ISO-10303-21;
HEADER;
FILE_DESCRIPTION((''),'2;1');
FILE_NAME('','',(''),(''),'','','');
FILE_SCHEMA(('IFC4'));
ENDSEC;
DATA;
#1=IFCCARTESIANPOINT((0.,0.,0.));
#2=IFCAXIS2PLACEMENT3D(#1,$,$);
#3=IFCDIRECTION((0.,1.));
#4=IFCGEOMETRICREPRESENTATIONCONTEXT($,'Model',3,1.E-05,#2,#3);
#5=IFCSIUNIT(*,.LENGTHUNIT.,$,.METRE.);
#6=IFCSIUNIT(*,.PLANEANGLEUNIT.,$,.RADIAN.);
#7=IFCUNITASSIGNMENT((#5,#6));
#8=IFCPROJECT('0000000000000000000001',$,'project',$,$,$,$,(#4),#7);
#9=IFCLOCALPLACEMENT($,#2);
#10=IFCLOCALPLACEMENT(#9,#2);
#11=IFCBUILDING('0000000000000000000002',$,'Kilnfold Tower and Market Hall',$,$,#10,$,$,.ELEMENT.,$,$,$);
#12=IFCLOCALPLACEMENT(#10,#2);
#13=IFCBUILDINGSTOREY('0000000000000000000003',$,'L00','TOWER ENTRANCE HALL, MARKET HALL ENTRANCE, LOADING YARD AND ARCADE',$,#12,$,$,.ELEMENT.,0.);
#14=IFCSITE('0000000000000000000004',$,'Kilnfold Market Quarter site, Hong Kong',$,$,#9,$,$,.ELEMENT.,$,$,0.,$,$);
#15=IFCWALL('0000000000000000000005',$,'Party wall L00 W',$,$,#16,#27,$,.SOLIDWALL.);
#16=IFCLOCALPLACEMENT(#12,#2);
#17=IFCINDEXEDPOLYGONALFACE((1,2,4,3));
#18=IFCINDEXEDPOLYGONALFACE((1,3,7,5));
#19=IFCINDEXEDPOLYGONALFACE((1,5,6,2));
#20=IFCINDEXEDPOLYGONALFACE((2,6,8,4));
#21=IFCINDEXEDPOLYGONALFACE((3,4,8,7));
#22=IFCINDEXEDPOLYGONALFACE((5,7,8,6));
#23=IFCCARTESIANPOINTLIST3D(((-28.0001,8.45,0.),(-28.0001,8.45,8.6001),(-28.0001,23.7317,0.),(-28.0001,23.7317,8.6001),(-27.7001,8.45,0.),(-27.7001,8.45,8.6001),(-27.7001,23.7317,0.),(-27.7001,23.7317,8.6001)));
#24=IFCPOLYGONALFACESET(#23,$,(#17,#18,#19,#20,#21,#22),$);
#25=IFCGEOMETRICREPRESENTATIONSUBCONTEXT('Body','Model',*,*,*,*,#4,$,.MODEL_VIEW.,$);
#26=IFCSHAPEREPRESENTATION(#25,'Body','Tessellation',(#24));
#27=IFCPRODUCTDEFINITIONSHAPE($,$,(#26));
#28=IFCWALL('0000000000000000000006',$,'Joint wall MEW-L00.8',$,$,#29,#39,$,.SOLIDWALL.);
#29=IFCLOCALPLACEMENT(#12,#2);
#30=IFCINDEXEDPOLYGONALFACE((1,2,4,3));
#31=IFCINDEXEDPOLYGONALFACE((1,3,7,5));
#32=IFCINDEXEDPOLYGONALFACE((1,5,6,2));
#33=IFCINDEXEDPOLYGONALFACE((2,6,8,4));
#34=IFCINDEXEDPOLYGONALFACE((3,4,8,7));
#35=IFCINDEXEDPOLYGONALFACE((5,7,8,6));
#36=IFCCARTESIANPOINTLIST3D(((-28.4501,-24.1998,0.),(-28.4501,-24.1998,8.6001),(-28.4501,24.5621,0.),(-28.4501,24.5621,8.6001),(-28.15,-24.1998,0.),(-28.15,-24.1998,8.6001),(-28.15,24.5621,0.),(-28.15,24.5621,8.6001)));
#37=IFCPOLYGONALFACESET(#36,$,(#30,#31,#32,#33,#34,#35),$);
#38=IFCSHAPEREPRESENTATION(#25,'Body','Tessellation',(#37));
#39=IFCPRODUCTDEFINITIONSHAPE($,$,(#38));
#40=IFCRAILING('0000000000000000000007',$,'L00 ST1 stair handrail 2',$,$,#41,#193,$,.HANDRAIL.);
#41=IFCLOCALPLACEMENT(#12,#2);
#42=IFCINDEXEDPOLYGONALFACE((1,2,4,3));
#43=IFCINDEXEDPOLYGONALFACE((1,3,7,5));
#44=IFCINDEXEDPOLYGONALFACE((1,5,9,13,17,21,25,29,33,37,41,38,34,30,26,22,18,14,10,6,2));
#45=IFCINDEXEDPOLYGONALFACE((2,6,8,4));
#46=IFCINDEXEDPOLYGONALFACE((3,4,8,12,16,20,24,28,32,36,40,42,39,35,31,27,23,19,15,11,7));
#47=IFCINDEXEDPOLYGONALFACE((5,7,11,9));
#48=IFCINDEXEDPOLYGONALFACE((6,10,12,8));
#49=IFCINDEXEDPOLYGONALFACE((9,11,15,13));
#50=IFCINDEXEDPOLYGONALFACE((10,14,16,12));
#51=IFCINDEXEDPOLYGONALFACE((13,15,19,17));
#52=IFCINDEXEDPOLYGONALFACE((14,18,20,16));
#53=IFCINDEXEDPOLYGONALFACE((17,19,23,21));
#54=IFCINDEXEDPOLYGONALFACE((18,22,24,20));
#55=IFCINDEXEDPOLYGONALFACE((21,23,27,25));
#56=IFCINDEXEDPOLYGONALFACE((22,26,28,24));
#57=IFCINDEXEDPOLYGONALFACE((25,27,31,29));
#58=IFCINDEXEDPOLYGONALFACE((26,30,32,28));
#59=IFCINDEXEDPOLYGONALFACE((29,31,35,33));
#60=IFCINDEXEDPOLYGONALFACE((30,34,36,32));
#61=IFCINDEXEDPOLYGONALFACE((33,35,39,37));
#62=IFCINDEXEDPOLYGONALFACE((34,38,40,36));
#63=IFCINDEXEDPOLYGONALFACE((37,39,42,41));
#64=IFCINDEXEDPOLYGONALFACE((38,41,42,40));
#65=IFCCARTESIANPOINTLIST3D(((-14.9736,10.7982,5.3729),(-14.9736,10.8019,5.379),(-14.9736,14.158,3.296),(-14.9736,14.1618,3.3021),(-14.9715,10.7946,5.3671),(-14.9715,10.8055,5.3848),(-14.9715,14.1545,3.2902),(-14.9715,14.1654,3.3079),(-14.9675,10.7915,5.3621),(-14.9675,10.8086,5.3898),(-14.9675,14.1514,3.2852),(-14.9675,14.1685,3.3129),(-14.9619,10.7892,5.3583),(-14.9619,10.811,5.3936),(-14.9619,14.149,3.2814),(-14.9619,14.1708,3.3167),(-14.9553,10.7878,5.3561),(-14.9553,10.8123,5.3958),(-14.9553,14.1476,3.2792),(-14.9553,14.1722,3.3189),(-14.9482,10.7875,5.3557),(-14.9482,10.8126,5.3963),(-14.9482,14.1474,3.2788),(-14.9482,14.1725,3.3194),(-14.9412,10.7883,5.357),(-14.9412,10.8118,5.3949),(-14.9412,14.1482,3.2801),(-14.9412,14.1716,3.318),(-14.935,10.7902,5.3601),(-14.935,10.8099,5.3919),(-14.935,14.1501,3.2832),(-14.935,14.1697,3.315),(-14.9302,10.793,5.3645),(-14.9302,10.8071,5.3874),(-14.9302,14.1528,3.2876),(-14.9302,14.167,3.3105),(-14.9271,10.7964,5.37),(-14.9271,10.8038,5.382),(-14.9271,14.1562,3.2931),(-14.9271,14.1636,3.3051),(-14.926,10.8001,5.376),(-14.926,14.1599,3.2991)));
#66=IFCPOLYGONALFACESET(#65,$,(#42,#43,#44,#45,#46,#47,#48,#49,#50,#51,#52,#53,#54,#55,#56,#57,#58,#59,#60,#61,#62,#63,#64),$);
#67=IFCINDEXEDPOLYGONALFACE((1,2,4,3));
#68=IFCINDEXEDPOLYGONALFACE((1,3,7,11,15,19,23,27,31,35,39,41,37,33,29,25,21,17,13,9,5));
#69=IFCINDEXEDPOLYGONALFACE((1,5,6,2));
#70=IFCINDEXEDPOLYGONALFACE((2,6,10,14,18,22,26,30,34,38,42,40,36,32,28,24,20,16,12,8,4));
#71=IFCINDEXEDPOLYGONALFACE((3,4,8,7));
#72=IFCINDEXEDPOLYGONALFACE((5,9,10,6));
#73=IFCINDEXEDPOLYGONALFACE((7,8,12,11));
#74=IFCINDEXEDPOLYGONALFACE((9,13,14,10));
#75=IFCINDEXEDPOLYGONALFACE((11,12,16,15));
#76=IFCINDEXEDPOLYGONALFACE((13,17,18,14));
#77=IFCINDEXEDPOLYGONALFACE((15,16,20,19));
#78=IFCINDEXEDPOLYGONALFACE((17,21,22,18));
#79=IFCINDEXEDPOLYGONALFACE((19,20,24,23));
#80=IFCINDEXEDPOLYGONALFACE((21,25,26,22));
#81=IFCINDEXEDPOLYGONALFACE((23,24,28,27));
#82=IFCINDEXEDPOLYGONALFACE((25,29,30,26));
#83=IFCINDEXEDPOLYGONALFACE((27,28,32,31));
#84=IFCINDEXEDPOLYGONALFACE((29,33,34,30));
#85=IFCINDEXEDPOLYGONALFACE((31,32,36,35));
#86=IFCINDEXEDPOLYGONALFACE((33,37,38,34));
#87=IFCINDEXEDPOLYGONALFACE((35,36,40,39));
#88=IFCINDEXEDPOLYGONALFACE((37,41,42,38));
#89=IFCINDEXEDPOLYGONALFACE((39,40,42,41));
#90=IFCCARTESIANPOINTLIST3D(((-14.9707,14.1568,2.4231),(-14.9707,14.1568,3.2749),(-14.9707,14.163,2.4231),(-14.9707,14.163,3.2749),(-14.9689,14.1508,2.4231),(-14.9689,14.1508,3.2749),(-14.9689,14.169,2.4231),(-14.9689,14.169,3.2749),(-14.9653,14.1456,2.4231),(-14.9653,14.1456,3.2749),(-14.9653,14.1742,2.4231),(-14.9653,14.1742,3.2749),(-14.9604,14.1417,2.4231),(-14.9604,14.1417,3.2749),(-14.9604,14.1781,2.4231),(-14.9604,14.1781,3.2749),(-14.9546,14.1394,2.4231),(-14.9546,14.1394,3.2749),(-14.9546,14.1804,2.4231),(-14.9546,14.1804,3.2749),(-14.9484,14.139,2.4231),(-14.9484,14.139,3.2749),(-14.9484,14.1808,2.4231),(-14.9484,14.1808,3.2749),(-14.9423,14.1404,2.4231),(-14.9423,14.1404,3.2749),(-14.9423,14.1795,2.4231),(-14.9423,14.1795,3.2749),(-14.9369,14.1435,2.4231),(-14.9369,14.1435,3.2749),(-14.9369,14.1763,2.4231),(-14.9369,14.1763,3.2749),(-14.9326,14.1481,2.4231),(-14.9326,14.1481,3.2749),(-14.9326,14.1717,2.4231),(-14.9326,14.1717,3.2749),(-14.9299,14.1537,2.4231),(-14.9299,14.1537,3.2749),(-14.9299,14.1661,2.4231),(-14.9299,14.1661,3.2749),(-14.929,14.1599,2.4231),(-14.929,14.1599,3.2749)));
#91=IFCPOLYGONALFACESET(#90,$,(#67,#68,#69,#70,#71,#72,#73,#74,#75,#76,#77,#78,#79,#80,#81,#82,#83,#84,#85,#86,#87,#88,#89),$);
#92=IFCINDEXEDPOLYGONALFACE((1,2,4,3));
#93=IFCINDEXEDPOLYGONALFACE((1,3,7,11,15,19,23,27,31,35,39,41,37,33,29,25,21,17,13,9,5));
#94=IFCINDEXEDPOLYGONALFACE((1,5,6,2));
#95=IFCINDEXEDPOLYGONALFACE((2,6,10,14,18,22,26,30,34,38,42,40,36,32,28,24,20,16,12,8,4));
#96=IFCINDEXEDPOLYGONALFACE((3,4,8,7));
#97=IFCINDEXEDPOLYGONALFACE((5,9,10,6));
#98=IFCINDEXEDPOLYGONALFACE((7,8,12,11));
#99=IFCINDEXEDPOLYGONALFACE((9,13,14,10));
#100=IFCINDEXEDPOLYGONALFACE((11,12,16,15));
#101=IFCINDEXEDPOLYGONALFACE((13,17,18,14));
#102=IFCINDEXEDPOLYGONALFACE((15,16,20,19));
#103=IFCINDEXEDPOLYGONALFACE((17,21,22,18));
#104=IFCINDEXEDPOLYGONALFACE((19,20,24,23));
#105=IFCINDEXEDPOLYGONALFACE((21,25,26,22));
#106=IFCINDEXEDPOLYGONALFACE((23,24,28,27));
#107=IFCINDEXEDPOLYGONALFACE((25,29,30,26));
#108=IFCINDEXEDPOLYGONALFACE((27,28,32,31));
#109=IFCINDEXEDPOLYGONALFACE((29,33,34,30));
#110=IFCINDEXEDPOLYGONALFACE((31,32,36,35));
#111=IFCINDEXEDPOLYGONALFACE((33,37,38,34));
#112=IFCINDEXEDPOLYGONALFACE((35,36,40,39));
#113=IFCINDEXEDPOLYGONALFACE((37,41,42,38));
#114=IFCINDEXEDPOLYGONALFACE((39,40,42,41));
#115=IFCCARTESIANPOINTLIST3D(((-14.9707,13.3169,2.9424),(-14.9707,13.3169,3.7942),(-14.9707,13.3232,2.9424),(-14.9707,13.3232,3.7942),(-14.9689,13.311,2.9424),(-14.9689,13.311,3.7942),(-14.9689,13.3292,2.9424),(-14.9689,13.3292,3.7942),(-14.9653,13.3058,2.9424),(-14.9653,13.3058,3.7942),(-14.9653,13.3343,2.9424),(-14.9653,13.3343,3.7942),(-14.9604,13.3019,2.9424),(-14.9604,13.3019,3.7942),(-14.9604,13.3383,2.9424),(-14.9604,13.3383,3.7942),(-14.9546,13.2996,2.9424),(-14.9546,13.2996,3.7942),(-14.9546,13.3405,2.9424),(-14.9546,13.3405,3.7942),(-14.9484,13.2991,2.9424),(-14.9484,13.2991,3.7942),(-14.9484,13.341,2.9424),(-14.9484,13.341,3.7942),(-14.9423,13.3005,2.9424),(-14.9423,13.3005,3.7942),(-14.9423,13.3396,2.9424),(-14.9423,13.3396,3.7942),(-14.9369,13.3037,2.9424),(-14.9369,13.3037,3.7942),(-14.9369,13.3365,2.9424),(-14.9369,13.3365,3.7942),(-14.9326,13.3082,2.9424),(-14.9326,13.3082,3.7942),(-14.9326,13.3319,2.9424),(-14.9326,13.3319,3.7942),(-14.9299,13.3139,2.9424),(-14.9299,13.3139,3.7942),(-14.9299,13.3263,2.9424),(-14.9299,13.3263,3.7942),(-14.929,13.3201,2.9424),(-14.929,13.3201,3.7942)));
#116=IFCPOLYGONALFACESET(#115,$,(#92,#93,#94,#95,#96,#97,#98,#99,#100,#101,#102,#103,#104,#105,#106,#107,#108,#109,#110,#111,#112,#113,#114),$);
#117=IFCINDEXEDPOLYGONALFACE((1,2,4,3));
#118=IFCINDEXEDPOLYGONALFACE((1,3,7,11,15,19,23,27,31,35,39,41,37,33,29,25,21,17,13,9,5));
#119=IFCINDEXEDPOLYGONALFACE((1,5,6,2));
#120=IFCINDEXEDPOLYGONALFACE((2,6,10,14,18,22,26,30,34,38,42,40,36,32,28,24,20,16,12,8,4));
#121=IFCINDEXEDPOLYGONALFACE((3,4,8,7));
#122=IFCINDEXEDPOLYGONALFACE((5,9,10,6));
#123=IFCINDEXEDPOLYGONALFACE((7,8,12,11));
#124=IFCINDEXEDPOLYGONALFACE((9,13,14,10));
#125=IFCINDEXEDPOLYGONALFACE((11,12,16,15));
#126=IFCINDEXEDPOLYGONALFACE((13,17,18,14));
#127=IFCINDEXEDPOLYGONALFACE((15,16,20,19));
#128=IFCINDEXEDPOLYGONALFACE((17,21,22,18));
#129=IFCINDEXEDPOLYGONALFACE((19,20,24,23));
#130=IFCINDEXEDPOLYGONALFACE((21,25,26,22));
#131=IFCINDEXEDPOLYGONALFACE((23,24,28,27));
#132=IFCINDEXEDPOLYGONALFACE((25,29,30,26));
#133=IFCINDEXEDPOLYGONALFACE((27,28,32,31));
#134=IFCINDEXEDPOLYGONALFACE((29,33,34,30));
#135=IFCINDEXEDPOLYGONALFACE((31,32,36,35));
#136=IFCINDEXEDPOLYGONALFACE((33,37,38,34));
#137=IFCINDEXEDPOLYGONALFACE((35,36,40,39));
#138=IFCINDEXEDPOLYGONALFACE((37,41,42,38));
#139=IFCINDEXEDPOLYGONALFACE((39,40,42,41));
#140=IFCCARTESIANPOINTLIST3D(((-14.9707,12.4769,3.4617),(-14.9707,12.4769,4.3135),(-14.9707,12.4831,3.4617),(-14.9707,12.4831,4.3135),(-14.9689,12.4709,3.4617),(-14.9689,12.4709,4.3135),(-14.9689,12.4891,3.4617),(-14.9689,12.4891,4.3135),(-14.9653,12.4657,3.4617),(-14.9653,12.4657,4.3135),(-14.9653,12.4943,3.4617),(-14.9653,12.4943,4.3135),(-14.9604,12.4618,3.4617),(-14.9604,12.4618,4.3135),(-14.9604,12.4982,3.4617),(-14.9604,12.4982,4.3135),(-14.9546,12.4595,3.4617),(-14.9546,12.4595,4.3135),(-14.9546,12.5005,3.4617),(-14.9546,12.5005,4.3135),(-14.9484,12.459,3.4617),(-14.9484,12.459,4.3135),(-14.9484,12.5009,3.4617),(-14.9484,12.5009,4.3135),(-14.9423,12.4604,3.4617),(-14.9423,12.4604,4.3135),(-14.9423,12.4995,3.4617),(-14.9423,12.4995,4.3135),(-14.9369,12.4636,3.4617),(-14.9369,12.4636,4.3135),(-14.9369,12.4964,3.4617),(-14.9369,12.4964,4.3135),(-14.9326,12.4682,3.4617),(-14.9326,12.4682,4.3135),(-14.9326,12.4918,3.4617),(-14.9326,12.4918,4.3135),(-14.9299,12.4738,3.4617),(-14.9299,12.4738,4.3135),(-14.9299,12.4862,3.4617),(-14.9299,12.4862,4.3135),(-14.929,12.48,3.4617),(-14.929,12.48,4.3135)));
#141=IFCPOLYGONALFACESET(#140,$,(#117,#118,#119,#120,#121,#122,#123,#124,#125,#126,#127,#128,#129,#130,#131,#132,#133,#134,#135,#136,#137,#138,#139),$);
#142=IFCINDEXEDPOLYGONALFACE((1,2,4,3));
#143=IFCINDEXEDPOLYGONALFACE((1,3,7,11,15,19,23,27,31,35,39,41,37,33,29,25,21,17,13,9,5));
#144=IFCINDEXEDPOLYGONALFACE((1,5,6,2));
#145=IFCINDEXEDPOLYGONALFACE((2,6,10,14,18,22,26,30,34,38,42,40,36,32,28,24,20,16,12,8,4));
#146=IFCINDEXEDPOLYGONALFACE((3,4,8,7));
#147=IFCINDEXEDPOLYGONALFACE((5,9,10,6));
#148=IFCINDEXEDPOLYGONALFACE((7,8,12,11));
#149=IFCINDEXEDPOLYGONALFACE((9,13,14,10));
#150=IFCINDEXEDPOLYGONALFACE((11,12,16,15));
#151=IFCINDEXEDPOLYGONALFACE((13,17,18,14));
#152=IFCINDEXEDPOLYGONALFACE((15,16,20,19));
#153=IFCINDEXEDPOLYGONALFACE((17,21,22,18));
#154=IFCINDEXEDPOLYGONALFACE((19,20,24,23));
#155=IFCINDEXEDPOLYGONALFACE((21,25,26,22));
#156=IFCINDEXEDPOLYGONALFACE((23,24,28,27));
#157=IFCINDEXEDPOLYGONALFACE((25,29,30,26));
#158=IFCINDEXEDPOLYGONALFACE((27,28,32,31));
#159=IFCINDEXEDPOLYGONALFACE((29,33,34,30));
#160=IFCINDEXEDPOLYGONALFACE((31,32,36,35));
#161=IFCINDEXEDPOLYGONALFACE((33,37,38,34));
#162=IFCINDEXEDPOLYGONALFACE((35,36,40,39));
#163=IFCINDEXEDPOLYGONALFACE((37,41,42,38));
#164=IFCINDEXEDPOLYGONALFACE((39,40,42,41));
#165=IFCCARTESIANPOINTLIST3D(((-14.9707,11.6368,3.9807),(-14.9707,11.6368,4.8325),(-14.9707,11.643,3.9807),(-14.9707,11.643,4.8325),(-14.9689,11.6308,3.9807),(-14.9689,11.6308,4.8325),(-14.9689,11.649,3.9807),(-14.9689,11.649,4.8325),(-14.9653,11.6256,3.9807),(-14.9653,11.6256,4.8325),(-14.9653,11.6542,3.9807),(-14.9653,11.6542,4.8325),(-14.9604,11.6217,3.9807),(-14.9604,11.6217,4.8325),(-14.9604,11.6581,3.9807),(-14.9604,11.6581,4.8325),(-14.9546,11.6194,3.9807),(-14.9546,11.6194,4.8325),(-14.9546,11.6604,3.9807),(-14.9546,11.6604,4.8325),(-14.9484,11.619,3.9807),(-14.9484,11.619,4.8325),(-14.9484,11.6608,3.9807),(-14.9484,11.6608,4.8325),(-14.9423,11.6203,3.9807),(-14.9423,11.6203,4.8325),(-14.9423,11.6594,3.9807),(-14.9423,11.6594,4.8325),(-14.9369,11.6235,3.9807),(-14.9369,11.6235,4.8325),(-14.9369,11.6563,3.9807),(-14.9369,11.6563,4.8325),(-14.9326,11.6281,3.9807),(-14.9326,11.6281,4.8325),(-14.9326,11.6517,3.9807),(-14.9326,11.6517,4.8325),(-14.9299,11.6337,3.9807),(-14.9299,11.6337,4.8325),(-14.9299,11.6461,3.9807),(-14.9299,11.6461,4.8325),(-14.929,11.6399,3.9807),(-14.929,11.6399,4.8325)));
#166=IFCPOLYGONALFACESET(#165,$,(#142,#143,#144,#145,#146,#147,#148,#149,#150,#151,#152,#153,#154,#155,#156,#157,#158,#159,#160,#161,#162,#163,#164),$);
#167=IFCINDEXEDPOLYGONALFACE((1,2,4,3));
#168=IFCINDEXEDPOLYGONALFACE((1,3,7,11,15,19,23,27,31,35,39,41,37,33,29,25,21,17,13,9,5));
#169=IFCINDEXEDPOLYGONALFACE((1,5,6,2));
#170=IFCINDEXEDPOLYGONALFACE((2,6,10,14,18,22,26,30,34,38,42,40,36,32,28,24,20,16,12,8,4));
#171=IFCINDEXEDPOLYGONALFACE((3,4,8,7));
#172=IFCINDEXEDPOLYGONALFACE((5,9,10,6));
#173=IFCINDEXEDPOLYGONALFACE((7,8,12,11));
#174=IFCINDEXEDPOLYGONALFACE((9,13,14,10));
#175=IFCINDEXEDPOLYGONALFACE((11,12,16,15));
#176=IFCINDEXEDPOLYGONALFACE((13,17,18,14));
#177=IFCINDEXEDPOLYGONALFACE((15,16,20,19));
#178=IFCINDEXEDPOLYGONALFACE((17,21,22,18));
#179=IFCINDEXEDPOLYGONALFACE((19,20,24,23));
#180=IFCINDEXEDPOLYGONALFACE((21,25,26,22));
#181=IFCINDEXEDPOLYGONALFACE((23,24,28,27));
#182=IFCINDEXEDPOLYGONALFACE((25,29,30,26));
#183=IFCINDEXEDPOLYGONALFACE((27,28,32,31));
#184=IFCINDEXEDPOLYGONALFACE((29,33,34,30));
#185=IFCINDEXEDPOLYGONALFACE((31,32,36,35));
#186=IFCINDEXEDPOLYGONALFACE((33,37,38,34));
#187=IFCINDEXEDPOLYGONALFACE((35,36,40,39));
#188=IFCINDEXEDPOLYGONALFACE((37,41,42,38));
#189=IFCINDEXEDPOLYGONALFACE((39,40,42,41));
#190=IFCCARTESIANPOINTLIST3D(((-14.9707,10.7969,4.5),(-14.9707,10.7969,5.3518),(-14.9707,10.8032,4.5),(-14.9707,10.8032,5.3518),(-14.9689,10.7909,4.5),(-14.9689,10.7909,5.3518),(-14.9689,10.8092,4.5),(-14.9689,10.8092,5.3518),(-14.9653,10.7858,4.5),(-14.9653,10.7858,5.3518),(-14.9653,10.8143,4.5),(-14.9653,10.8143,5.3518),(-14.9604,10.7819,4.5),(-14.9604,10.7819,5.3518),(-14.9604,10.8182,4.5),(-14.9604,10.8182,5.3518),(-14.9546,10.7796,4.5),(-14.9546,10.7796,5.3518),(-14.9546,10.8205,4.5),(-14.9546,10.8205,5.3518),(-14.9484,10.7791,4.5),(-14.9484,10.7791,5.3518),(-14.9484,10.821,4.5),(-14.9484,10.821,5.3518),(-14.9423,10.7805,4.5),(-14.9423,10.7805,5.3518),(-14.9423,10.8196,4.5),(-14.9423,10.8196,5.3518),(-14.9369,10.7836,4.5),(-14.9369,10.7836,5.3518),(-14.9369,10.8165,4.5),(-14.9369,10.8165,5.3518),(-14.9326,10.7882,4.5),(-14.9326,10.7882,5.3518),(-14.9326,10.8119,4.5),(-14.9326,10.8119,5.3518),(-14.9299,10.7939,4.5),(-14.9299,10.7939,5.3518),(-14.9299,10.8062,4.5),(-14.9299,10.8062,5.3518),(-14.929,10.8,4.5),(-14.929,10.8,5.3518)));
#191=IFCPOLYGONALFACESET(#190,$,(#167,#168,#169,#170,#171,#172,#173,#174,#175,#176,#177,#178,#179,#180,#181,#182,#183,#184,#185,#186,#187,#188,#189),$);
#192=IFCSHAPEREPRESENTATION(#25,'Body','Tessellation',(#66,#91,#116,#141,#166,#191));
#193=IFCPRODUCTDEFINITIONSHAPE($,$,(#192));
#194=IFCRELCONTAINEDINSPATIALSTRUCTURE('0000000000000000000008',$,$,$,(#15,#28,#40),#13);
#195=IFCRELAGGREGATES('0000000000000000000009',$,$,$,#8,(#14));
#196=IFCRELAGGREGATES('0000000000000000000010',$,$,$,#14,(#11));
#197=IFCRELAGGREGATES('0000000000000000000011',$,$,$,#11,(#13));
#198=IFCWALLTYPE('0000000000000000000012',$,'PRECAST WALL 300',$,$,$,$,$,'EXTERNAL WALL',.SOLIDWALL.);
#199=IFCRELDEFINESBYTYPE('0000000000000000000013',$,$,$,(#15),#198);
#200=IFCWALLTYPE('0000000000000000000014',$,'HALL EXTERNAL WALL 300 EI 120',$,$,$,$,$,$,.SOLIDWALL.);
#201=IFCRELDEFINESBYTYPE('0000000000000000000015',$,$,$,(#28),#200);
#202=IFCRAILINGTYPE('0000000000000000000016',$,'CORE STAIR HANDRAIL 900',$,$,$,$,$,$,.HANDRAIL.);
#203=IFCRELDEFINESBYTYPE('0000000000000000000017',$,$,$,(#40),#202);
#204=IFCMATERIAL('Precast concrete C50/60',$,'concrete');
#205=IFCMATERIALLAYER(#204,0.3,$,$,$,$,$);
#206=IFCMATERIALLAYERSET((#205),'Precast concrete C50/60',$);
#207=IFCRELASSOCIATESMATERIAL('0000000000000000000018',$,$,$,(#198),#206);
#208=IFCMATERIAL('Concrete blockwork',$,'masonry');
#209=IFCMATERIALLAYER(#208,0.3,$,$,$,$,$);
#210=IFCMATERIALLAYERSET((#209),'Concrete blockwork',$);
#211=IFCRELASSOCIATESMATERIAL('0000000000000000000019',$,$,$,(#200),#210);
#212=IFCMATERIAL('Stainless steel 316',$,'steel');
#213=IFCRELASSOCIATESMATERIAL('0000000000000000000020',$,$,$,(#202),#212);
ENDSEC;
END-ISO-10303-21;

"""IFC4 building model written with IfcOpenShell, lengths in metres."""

from ifc_helpers import new_model, si_unit, direction, frame, frame_2d, origin, origin_2d, place, context, subcontext, project, spatial, rectangle, circle, extrude, source, transform, mapped, material, layer, layer_set, type_object, element, save


model = new_model("IFC4")

# Units and contexts
model_context = context("Model", 3, precision=1e-05, world=origin(), true_north=direction((0.0, 1.0)))
body_context = subcontext(model_context, "Body", "Model", "MODEL_VIEW")
ifc_project = project(units=[si_unit("LENGTHUNIT", "METRE"), si_unit("PLANEANGLEUNIT", "RADIAN")], contexts=[model_context])

# Site, building, storey
site_placement = place(None, origin())
site = spatial("IfcSite", under=ifc_project, at=site_placement, Name="Kilnfold Market Quarter site, Hong Kong", CompositionType="ELEMENT", RefElevation=0.0)
building_placement = place(site_placement, origin())
building = spatial("IfcBuilding", under=site, at=building_placement, Name="Kilnfold Tower and Market Hall", CompositionType="ELEMENT")
storey_placement = place(building_placement, origin())
storey = spatial("IfcBuildingStorey", under=building, at=storey_placement, Name="L00", Description="TOWER ENTRANCE HALL, MARKET HALL ENTRANCE, LOADING YARD AND ARCADE", CompositionType="ELEMENT", Elevation=0.0)

# Walls
ifc_material_1 = material(Name="Precast concrete C50/60", Category="concrete")
ifc_layer_1 = layer(ifc_material_1, 0.3)
ifc_layer_set_1 = layer_set([ifc_layer_1], Name="Precast concrete C50/60")
wall_type_1 = type_object("IfcWallType", Name="PRECAST WALL 300", ElementType="EXTERNAL WALL", PredefinedType="SOLIDWALL", material=ifc_layer_set_1)
shared_shape_1 = source(origin(), body_context, "Body", "SweptSolid", [
    extrude(rectangle(XDim=15.2817, YDim=0.3, at=frame_2d((7.6409, 0.0))), origin(), (0.0, 0.0, 1.0), 8.6001),
])
wall_1_placement = place(storey_placement, frame((-27.8501, 23.7317, 0.0), z_axis=(0.0, 0.0, 1.0), x_axis=(0.0, -1.0, 0.0)))
element("IfcWall", 1, at=wall_1_placement, inside=storey, type_object=wall_type_1, Name="Party wall L00 W", PredefinedType="SOLIDWALL", context=body_context, shape_type="MappedRepresentation", body=[
    mapped(shared_shape_1, transform((0.0, 0.0, 0.0))),
])
ifc_material_2 = material(Name="Concrete blockwork", Category="masonry")
ifc_layer_2 = layer(ifc_material_2, 0.3)
ifc_layer_set_2 = layer_set([ifc_layer_2], Name="Concrete blockwork")
wall_type_2 = type_object("IfcWallType", Name="HALL EXTERNAL WALL 300 EI 120", PredefinedType="SOLIDWALL", material=ifc_layer_set_2)
shared_shape_2 = source(origin(), body_context, "Body", "SweptSolid", [
    extrude(rectangle(XDim=48.762, YDim=0.3, at=frame_2d((24.3809, 0.0))), origin(), (0.0, 0.0, 1.0), 8.6001),
])
wall_2_placement = place(storey_placement, frame((-28.3, 24.562, 0.0), z_axis=(0.0, 0.0, 1.0), x_axis=(0.0, -1.0, 0.0)))
element("IfcWall", 2, at=wall_2_placement, inside=storey, type_object=wall_type_2, Name="Joint wall MEW-L00.8", PredefinedType="SOLIDWALL", context=body_context, shape_type="MappedRepresentation", body=[
    mapped(shared_shape_2, transform((0.0, 0.0, 0.0))),
])

# Railing
ifc_material_3 = material(Name="Stainless steel 316", Category="steel")
railing_type = type_object("IfcRailingType", Name="CORE STAIR HANDRAIL 900", PredefinedType="HANDRAIL", material=ifc_material_3)
for number, where, name in (
    (3, (-14.95, 14.1599, 2.4231), "L00 ST1 stair handrail 2"),
):
    element("IfcRailing", number, at=place(storey_placement, frame(where)), inside=storey, type_object=railing_type, Name=name, PredefinedType="HANDRAIL", context=body_context, shape_type="SweptSolid", body=[
        extrude(circle(Radius=0.0239, at=origin_2d()), frame((0.0, 0.0, 0.876), z_axis=(0.0, -0.850606, 0.525803), x_axis=(1.0, 0.0, 0.0)), (0.0, 0.0, 1.0), 3.95),
        extrude(circle(Radius=0.021, at=origin_2d()), origin(), (0.0, 0.0, 1.0), 0.8518),
        extrude(circle(Radius=0.021, at=origin_2d()), frame((0.0, -0.8398, 0.5193)), (0.0, 0.0, 1.0), 0.8518),
        extrude(circle(Radius=0.021, at=origin_2d()), frame((0.0, -1.6799, 1.0386)), (0.0, 0.0, 1.0), 0.8518),
        extrude(circle(Radius=0.021, at=origin_2d()), frame((0.0, -2.52, 1.5576)), (0.0, 0.0, 1.0), 0.8518),
        extrude(circle(Radius=0.021, at=origin_2d()), frame((0.0, -3.3599, 2.0769)), (0.0, 0.0, 1.0), 0.8518),
    ])

save(model, "model.ifc")
